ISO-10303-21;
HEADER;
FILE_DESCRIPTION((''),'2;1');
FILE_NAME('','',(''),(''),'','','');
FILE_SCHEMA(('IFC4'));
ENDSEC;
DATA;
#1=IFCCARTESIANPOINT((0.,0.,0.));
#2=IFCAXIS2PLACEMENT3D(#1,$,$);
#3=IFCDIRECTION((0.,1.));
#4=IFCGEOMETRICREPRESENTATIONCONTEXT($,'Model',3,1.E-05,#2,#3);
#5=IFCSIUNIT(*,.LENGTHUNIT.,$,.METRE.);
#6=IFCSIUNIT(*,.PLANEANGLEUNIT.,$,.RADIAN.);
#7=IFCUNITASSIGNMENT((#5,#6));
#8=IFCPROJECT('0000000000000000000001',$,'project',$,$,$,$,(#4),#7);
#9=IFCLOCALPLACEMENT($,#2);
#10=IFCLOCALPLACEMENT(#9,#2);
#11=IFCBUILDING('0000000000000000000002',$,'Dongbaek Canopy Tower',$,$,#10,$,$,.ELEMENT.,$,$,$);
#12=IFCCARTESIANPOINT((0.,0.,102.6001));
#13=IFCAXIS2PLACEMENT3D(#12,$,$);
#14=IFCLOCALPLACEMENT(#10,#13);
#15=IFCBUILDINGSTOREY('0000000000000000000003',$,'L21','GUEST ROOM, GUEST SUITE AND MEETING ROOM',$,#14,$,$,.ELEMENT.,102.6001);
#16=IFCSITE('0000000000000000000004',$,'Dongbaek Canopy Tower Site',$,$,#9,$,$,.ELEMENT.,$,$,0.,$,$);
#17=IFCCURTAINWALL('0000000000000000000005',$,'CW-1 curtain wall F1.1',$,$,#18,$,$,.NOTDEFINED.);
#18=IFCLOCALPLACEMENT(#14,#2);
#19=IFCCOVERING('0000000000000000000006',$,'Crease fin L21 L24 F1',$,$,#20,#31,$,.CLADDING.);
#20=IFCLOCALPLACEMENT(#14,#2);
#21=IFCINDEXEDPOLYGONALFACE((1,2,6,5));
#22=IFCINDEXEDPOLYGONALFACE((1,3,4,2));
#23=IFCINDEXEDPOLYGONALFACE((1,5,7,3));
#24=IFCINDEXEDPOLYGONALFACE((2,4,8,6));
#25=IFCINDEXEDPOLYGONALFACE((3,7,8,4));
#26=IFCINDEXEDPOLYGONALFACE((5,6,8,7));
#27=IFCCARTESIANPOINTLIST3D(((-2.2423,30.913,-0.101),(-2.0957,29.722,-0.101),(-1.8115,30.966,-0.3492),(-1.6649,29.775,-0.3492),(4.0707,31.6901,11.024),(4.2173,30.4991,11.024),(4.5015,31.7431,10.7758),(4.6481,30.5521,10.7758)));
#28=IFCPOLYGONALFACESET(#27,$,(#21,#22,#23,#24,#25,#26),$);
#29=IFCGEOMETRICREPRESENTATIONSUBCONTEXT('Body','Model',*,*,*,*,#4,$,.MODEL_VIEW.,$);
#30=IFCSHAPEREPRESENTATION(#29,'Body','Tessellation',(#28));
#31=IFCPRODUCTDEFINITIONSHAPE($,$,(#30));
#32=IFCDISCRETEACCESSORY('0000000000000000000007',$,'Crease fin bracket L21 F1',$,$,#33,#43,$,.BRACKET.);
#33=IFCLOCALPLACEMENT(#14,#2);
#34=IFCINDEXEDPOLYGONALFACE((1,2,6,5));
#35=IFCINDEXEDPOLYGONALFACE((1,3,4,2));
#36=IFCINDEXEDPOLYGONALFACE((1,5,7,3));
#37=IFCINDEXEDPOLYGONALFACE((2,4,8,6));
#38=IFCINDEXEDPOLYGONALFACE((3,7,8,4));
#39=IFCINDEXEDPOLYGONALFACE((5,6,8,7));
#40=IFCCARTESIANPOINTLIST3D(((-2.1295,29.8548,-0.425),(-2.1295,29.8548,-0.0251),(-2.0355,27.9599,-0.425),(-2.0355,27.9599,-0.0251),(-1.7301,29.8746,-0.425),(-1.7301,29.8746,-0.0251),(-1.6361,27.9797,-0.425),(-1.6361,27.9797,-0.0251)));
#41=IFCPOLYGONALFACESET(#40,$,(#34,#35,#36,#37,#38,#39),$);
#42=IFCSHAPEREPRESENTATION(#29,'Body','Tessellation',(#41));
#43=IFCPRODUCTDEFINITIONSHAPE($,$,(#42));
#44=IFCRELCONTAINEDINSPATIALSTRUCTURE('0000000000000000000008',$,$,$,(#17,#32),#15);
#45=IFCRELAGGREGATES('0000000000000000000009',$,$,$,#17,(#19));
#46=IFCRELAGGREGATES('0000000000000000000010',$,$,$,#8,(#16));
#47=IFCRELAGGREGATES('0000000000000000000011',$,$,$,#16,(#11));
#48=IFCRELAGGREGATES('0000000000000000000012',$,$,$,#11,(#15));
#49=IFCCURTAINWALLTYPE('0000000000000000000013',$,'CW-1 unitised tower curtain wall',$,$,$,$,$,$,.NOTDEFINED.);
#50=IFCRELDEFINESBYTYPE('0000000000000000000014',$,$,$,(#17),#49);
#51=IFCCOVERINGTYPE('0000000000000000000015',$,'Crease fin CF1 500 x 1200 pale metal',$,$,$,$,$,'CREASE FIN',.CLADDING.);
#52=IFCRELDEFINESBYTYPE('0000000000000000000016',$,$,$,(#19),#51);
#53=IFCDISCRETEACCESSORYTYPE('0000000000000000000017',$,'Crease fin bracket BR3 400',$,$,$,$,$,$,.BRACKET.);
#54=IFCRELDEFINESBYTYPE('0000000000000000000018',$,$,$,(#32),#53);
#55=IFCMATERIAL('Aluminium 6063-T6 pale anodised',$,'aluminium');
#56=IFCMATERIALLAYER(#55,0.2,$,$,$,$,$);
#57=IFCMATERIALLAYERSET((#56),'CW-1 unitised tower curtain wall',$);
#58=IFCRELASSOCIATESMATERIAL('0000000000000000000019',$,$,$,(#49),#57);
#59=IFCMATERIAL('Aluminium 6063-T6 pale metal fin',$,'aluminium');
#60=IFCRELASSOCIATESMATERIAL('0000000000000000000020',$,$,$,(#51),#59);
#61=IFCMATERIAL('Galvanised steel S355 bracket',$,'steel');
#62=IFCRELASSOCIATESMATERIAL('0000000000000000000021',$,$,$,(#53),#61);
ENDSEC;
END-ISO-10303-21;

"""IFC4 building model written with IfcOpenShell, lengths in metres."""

from ifc_helpers import new_model, si_unit, direction, frame, origin, origin_2d, place, context, subcontext, project, spatial, rectangle, extrude, material, layer, layer_set, material_profile, profile_set, type_object, element, aggregate, save


model = new_model("IFC4")

# Units and contexts
model_context = context("Model", 3, precision=1e-05, world=origin(), true_north=direction((0.0, 1.0)))
body_context = subcontext(model_context, "Body", "Model", "MODEL_VIEW")
ifc_project = project(units=[si_unit("LENGTHUNIT", "METRE"), si_unit("PLANEANGLEUNIT", "RADIAN")], contexts=[model_context])

# Site, building, storey
site_placement = place(None, origin())
site = spatial("IfcSite", under=ifc_project, at=site_placement, Name="Dongbaek Canopy Tower Site", CompositionType="ELEMENT", RefElevation=0.0)
building_placement = place(site_placement, origin())
building = spatial("IfcBuilding", under=site, at=building_placement, Name="Dongbaek Canopy Tower", CompositionType="ELEMENT")
storey_placement = place(building_placement, frame((0.0, 0.0, 102.6001)))
storey = spatial("IfcBuildingStorey", under=building, at=storey_placement, Name="L21", Description="GUEST ROOM, GUEST SUITE AND MEETING ROOM", CompositionType="ELEMENT", Elevation=102.6001)

# Shared definitions
ifc_material_1 = material(Name="Aluminium 6063-T6 pale anodised", Category="aluminium")
ifc_layer_1 = layer(ifc_material_1, 0.2)
ifc_layer_set_1 = layer_set([ifc_layer_1], Name="CW-1 unitised tower curtain wall")
curtain_wall_type = type_object("IfcCurtainWallType", Name="CW-1 unitised tower curtain wall", PredefinedType="NOTDEFINED", material=ifc_layer_set_1)

# Curtain wall, covering
curtain_wall_1_placement = place(storey_placement, origin())
curtain_wall_1 = element("IfcCurtainWall", 1, at=curtain_wall_1_placement, inside=storey, type_object=curtain_wall_type, Name="CW-1 curtain wall F1.1", PredefinedType="NOTDEFINED")
ifc_material_2 = material(Name="Aluminium 6063-T6 pale metal fin", Category="aluminium")
ifc_material_profile_1 = material_profile(ifc_material_2, rectangle(XDim=1.2, YDim=0.5, at=origin_2d()), Name="Crease fin CF1 500 x 1200 pale metal")
ifc_profile_set_1 = profile_set([ifc_material_profile_1], Name="Aluminium 6063-T6 pale metal fin")
covering_type = type_object("IfcCoveringType", Name="Crease fin CF1 500 x 1200 pale metal", ElementType="CREASE FIN", PredefinedType="CLADDING", material=ifc_profile_set_1)
covering_placement = place(storey_placement, frame((-1.9536, 30.344, -0.2251), z_axis=(0.492626, 0.06064, 0.868126), x_axis=(-0.122173, 0.992509, 0.0)))
covering = element("IfcCovering", 2, at=covering_placement, type_object=covering_type, Name="Crease fin L21 L24 F1", PredefinedType="CLADDING", context=body_context, shape_type="SweptSolid", body=[
    extrude(rectangle(XDim=1.2, YDim=0.5, at=origin_2d()), origin(), (0.0, 0.0, 1.0), 12.8149),
])
aggregate(curtain_wall_1, [covering])

# Discrete accessory
ifc_material_3 = material(Name="Galvanised steel S355 bracket", Category="steel")
discrete_accessory_type = type_object("IfcDiscreteAccessoryType", Name="Crease fin bracket BR3 400", PredefinedType="BRACKET", material=ifc_material_3)
discrete_accessory_placement = place(storey_placement, frame((-1.8828, 28.9172, -0.425), z_axis=(0.0, 0.0, 1.0), x_axis=(-0.049538, 0.998772, 0.0)))
element("IfcDiscreteAccessory", 3, at=discrete_accessory_placement, inside=storey, type_object=discrete_accessory_type, Name="Crease fin bracket L21 F1", PredefinedType="BRACKET", context=body_context, shape_type="SweptSolid", body=[
    extrude(rectangle(XDim=1.8972, YDim=0.3999, at=origin_2d()), origin(), (0.0, 0.0, 1.0), 0.3999),
])

save(model, "model.ifc")
